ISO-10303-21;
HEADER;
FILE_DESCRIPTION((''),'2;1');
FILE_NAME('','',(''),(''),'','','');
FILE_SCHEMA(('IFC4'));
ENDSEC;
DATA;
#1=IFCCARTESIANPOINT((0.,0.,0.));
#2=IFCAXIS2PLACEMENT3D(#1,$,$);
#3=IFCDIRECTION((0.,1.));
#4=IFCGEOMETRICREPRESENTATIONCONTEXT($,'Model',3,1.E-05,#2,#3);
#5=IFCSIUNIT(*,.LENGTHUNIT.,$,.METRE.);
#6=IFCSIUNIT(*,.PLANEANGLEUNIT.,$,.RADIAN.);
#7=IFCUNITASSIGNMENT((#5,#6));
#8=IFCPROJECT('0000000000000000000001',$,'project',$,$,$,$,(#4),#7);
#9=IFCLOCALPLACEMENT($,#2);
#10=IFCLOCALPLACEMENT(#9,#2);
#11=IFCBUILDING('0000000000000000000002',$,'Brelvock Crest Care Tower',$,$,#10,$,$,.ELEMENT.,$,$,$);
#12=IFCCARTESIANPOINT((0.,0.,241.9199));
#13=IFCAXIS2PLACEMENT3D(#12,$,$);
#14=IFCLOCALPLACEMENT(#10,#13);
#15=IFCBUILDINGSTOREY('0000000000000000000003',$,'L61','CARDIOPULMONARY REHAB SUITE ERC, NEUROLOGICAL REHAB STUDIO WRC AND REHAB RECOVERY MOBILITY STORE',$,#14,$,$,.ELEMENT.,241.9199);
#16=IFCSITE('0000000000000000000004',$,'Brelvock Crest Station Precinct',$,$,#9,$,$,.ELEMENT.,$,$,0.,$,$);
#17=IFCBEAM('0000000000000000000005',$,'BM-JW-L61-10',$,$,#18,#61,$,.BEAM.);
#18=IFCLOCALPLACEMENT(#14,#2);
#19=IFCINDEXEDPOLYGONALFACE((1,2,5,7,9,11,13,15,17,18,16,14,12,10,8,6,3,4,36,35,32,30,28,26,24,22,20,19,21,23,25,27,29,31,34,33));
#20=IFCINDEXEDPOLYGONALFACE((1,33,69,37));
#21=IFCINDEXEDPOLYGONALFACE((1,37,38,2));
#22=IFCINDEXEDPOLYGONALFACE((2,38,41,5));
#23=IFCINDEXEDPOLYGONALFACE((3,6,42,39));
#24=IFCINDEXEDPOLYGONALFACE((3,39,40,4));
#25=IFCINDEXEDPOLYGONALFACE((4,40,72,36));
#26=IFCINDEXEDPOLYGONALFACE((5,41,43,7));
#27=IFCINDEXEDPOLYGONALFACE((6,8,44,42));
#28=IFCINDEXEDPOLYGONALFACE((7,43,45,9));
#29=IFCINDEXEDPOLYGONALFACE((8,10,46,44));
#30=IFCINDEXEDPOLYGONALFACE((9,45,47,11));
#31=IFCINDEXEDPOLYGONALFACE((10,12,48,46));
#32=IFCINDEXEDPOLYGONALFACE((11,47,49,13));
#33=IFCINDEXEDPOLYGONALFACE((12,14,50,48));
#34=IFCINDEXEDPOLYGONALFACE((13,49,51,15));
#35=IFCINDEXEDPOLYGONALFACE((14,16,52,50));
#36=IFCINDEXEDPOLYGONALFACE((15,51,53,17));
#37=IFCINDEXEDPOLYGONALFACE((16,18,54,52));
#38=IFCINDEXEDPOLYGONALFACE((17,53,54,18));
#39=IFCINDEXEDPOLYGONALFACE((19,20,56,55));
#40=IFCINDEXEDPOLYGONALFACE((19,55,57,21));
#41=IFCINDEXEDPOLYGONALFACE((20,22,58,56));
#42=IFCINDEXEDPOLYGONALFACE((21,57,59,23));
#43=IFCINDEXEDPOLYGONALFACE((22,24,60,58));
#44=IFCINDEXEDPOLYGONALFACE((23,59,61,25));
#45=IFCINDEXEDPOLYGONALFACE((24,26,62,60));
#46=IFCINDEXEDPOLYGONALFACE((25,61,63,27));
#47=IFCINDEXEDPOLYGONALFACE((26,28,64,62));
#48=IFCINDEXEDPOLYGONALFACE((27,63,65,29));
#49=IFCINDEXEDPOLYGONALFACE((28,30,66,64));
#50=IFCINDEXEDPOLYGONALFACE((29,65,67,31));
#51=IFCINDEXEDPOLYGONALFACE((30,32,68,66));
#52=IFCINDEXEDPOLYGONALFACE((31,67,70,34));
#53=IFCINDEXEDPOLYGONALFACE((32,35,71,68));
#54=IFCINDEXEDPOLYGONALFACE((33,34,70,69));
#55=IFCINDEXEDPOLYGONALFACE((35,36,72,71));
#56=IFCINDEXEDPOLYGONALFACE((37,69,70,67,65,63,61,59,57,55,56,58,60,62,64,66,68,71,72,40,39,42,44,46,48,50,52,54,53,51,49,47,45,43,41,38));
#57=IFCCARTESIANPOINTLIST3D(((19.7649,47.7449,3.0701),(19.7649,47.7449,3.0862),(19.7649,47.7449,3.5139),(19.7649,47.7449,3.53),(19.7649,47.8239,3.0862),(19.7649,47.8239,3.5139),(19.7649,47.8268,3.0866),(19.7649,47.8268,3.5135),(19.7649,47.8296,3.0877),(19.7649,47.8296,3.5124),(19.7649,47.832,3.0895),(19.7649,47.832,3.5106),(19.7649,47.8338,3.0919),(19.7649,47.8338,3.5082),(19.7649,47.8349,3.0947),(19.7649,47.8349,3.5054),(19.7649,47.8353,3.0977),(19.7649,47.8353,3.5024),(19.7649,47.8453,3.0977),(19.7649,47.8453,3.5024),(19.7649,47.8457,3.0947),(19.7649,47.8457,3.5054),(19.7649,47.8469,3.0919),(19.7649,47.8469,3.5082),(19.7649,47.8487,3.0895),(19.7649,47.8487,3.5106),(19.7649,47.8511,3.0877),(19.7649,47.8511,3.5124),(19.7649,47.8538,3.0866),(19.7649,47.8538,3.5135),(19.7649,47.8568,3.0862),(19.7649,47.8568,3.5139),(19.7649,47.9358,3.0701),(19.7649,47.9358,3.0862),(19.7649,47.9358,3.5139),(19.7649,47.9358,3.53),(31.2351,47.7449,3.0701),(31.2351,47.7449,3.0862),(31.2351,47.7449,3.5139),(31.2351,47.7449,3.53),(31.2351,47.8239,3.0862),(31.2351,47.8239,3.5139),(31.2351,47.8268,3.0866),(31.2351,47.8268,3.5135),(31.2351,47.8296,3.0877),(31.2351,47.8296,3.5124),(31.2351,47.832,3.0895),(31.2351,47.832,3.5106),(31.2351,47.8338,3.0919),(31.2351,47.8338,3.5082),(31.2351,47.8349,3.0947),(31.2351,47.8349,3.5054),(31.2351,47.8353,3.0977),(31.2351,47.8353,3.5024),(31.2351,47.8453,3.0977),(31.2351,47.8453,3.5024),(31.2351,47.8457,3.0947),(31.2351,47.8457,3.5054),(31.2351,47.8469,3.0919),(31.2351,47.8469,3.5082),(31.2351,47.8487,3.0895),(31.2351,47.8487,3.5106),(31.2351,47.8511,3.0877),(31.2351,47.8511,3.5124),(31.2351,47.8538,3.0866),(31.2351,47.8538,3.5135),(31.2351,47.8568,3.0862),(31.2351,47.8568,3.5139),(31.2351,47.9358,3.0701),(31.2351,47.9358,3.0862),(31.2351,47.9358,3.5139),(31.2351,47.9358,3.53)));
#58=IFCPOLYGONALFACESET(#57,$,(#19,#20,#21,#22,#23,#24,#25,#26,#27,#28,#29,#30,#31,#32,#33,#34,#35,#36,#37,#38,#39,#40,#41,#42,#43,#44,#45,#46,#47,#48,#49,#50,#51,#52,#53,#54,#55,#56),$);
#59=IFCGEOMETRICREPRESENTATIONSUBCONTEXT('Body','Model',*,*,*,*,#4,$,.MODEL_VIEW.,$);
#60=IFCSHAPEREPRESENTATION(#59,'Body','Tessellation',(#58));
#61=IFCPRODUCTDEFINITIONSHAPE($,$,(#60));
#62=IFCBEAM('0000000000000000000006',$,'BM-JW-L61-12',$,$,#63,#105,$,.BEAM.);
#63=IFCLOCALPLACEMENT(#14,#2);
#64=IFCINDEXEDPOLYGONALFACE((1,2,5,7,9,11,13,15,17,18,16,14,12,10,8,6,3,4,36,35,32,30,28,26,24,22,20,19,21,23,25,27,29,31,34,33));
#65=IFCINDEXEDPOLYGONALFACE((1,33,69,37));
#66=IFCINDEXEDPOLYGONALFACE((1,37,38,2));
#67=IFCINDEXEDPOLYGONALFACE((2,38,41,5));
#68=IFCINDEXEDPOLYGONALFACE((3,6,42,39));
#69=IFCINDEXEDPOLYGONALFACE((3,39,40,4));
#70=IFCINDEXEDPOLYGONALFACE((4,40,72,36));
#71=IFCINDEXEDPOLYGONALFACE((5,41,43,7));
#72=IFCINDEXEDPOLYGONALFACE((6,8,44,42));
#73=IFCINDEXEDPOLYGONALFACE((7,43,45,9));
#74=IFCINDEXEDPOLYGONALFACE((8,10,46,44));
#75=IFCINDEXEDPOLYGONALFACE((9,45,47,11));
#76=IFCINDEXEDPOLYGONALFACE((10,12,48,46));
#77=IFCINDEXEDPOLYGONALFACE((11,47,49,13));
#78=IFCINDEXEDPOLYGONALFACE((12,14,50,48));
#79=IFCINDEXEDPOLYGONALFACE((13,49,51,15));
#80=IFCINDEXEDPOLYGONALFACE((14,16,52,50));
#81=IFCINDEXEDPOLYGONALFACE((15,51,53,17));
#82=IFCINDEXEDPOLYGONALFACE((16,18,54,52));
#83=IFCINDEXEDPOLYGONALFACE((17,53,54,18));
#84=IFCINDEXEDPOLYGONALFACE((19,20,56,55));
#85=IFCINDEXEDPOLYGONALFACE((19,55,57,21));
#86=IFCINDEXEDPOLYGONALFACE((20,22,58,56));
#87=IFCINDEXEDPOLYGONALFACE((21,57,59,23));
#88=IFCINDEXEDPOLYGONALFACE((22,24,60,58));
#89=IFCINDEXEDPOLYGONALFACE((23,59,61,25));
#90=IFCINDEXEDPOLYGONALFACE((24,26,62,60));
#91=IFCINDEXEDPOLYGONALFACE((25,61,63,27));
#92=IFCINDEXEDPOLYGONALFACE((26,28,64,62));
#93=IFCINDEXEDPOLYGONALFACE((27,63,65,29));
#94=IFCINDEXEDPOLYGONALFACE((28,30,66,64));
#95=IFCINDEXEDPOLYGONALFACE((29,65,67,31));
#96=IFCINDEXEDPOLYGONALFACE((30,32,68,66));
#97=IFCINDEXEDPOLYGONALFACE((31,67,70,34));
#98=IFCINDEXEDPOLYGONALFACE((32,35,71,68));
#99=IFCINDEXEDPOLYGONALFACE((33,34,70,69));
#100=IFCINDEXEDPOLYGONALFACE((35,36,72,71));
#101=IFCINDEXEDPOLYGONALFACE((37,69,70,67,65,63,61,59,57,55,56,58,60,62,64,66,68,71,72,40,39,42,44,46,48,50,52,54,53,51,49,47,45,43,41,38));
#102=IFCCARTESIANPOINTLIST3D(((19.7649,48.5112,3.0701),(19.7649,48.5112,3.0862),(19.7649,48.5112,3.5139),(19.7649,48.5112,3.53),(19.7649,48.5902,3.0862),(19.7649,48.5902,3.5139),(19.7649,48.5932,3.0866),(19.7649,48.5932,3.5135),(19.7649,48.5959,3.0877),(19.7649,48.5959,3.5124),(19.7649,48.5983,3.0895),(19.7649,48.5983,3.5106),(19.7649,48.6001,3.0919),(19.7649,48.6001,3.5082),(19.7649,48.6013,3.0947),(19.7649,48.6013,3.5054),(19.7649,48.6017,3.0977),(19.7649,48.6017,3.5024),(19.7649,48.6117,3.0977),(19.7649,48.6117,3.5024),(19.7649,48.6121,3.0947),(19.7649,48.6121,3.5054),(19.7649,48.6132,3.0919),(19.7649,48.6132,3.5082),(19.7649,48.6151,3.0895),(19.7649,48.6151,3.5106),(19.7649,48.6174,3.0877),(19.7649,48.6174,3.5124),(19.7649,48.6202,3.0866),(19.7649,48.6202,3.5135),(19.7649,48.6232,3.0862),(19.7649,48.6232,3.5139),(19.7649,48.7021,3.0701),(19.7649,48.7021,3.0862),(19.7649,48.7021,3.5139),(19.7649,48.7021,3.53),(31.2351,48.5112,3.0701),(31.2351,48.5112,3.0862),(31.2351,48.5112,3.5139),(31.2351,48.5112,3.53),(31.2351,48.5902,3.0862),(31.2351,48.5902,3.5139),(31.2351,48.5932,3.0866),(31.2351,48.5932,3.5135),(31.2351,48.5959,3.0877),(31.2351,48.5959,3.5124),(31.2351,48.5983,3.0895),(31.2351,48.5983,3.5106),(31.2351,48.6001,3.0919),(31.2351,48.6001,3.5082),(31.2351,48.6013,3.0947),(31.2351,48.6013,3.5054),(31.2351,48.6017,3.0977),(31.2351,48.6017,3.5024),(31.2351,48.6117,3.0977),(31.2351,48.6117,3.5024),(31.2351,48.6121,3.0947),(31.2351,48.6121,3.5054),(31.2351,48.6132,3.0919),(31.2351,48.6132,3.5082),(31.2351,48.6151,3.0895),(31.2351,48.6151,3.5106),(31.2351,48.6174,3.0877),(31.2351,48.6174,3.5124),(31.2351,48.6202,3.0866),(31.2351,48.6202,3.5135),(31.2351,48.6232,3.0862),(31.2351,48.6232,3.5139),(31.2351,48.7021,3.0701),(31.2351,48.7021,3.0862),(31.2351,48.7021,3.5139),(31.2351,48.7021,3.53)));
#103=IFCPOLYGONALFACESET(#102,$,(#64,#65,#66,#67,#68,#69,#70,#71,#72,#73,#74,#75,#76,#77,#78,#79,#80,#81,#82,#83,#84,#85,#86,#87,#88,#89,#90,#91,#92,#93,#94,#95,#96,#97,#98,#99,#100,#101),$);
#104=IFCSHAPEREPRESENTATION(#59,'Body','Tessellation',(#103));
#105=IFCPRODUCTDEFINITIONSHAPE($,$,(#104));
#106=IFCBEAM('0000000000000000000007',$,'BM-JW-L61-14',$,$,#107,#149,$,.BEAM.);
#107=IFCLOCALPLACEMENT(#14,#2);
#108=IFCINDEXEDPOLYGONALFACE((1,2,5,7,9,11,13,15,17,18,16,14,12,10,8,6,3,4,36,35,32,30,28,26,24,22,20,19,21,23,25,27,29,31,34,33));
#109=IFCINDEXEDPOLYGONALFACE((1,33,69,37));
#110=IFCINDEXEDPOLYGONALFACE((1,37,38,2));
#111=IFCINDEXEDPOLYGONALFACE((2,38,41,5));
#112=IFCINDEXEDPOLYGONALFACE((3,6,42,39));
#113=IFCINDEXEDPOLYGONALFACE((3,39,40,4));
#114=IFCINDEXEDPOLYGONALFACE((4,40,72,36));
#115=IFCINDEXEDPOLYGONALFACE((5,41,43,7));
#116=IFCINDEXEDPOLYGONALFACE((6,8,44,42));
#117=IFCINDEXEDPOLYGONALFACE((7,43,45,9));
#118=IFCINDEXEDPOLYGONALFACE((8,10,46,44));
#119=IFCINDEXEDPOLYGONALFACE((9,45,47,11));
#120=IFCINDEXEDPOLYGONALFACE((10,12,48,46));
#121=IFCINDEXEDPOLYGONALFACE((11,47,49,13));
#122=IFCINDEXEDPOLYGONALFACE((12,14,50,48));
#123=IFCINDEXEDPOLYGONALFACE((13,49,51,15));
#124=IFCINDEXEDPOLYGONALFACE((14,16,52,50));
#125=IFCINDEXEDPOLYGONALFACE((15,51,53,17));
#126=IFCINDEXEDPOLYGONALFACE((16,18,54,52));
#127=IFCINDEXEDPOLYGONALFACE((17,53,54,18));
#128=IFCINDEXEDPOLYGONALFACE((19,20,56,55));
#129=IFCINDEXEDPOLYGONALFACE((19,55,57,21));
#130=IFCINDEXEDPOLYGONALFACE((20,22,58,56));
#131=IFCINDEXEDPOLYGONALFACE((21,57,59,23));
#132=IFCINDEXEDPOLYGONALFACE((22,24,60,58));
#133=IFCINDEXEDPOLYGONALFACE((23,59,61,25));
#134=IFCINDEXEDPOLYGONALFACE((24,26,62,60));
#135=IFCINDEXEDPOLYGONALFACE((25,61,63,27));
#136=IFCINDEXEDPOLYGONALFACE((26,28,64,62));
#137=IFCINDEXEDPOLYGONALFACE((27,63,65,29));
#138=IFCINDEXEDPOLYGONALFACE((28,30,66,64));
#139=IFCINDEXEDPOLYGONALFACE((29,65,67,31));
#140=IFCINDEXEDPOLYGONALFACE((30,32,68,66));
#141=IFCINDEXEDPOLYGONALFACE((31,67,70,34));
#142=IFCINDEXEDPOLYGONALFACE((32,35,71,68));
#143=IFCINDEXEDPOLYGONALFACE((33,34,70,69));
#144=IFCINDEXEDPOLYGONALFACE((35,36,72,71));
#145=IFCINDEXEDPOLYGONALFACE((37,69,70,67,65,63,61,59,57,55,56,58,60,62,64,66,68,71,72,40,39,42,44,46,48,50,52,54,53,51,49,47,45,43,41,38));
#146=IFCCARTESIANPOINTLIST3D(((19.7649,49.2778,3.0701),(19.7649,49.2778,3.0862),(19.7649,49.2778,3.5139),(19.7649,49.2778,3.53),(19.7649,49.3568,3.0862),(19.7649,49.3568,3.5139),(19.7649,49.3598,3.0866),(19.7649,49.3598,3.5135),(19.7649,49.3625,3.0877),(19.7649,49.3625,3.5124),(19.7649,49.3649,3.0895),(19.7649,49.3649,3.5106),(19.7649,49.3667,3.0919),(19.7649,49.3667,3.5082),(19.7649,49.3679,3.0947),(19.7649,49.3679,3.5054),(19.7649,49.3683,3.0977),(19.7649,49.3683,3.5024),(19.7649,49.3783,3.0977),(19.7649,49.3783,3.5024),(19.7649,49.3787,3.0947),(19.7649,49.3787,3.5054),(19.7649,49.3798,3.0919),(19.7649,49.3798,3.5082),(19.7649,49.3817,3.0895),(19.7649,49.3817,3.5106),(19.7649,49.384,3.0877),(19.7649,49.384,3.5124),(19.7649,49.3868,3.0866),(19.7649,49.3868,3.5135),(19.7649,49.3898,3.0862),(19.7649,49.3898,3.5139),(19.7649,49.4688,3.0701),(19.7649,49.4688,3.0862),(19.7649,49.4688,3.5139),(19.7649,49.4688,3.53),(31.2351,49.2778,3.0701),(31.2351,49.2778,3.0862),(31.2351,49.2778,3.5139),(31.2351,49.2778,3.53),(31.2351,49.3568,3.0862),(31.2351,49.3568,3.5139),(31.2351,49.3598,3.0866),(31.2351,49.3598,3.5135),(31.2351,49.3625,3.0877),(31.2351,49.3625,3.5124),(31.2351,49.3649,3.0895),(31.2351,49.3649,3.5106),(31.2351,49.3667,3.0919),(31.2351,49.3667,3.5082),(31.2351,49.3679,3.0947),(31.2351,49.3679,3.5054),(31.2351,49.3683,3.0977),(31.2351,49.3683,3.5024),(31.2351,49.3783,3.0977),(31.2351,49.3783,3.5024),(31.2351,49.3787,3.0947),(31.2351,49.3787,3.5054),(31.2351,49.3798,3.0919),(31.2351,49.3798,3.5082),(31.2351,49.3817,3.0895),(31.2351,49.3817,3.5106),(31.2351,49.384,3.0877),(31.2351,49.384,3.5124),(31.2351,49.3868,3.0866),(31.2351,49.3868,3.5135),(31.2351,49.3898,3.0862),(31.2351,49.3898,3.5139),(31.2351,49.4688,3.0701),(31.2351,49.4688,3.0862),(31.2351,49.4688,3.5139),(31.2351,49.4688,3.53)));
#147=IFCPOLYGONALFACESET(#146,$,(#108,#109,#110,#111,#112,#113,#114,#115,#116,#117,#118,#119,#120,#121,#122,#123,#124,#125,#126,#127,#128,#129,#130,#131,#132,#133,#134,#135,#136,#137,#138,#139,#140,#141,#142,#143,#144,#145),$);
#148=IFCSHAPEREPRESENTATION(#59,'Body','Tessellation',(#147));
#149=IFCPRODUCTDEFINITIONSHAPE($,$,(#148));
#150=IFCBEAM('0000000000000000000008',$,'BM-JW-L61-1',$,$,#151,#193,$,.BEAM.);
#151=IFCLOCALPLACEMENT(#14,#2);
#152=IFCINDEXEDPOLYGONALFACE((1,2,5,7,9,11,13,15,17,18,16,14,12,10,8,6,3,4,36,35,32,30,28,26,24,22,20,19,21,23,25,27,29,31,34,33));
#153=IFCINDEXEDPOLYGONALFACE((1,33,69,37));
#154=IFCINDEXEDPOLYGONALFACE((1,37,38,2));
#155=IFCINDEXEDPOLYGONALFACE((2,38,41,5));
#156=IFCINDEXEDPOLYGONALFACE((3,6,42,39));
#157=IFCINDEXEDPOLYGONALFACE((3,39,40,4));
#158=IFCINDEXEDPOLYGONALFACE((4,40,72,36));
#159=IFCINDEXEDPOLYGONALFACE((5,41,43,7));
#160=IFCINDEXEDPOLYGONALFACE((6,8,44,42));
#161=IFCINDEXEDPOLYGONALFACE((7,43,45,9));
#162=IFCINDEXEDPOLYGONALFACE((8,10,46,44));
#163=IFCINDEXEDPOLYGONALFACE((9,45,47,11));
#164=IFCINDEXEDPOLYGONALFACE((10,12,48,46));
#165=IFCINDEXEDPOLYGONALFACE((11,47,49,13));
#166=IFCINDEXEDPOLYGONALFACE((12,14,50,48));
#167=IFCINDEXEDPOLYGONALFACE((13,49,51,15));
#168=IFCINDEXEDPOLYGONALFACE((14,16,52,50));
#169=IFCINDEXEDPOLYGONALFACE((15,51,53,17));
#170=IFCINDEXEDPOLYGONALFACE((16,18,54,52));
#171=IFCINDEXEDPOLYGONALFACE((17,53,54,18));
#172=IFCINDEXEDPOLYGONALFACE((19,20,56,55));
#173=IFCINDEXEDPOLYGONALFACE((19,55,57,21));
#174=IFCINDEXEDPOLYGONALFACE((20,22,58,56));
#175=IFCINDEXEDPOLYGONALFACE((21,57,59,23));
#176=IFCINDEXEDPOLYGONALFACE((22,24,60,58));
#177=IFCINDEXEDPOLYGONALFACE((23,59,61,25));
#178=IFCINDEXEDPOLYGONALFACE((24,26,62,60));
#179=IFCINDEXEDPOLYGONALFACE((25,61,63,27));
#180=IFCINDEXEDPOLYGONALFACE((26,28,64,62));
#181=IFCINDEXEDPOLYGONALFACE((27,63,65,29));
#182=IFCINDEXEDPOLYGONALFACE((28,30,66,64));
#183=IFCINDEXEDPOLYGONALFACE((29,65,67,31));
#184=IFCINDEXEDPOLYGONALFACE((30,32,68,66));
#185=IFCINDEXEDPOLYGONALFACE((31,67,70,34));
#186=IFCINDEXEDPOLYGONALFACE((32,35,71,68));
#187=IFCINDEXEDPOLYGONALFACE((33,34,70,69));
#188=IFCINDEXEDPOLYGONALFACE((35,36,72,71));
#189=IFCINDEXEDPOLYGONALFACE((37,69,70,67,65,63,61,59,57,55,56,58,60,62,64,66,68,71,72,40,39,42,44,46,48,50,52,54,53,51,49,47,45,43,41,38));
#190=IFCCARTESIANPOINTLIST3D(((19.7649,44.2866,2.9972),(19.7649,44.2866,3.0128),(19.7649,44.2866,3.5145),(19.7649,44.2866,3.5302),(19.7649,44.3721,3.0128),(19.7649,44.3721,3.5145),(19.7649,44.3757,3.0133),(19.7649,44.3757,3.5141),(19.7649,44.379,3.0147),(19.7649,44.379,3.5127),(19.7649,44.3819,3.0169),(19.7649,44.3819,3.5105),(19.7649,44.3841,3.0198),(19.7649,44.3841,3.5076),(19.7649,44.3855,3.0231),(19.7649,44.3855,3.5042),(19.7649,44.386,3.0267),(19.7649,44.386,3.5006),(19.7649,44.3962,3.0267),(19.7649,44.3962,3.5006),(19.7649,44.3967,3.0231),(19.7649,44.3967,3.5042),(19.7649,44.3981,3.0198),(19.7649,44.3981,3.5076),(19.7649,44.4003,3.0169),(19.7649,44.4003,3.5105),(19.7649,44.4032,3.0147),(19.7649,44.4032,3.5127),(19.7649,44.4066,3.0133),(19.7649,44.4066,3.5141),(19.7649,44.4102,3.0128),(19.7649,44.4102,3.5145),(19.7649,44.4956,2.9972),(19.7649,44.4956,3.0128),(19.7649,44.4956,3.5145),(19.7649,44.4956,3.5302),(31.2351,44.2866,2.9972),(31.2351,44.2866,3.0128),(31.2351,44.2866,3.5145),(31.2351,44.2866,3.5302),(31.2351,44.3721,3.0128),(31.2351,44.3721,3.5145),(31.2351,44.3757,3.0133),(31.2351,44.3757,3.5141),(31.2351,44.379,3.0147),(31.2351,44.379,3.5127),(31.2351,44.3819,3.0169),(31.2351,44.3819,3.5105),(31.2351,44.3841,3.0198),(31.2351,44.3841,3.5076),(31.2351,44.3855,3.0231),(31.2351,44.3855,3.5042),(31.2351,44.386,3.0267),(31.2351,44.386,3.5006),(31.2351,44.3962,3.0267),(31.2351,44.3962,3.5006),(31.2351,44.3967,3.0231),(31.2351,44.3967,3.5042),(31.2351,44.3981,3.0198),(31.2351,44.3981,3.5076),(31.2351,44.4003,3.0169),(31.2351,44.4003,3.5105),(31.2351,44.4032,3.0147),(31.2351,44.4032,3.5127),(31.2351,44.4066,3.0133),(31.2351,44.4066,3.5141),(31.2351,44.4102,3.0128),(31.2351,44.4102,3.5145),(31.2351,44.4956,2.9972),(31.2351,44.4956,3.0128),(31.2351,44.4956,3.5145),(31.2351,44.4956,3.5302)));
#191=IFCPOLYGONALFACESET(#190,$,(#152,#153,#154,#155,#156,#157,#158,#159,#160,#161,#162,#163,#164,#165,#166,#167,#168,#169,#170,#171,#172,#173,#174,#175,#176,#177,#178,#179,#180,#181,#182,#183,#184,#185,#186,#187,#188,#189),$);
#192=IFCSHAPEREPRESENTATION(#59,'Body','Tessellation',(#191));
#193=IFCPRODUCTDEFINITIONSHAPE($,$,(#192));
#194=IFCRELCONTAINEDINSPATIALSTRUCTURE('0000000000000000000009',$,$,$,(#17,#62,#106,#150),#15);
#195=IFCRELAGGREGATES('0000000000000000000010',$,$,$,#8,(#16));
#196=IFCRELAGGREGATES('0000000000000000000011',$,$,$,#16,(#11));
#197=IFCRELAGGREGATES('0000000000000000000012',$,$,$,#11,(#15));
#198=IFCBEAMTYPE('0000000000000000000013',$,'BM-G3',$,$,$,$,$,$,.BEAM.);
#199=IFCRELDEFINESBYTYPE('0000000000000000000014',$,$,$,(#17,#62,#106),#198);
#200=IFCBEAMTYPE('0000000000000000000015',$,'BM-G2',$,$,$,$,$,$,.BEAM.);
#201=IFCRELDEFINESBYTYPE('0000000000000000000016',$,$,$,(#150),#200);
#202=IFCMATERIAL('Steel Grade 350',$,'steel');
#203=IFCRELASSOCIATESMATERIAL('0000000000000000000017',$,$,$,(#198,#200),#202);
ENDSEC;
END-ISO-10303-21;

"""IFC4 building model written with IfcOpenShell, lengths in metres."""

from ifc_helpers import new_model, si_unit, direction, frame, origin, origin_2d, place, context, subcontext, project, spatial, i_section, extrude, source, transform, mapped, material, material_profile, profile_set, type_object, element, save


model = new_model("IFC4")

# Units and contexts
model_context = context("Model", 3, precision=1e-05, world=origin(), true_north=direction((0.0, 1.0)))
body_context = subcontext(model_context, "Body", "Model", "MODEL_VIEW")
ifc_project = project(units=[si_unit("LENGTHUNIT", "METRE"), si_unit("PLANEANGLEUNIT", "RADIAN")], contexts=[model_context])

# Site, building, storey
site_placement = place(None, origin())
site = spatial("IfcSite", under=ifc_project, at=site_placement, Name="Brelvock Crest Station Precinct", CompositionType="ELEMENT", RefElevation=0.0)
building_placement = place(site_placement, origin())
building = spatial("IfcBuilding", under=site, at=building_placement, Name="Brelvock Crest Care Tower", CompositionType="ELEMENT")
storey_placement = place(building_placement, frame((0.0, 0.0, 241.9199)))
storey = spatial("IfcBuildingStorey", under=building, at=storey_placement, Name="L61", Description="CARDIOPULMONARY REHAB SUITE ERC, NEUROLOGICAL REHAB STUDIO WRC AND REHAB RECOVERY MOBILITY STORE", CompositionType="ELEMENT", Elevation=241.9199)

# Beams
ifc_material_1 = material(Name="Steel Grade 350", Category="steel")
ifc_material_profile_1 = material_profile(ifc_material_1, i_section(OverallWidth=0.1909, OverallDepth=0.46, WebThickness=0.01, FlangeThickness=0.0161, FilletRadius=0.0115, at=origin_2d()), Name="460UB82.1")
ifc_profile_set_1 = profile_set([ifc_material_profile_1], Name="Steel Grade 350")
beam_type_1 = type_object("IfcBeamType", Name="BM-G3", PredefinedType="BEAM", material=ifc_profile_set_1)
shared_shape_1 = source(origin(), body_context, "Body", "SweptSolid", [
    extrude(i_section(OverallWidth=0.1909, OverallDepth=0.46, WebThickness=0.01, FlangeThickness=0.0161, FilletRadius=0.0115, at=origin_2d()), origin(), (0.0, 0.0, 1.0), 11.4702),
])
for number, where, z_axis, x_axis, name in (
    (1, (19.7649, 47.8403, 3.3), (1.0, 0.0, 0.0), (0.0, 1.0, 0.0), "BM-JW-L61-10"),
    (2, (19.7649, 48.6067, 3.3), (1.0, 0.0, 0.0), (0.0, 1.0, 0.0), "BM-JW-L61-12"),
    (3, (19.7649, 49.3733, 3.3), (1.0, 0.0, 0.0), (0.0, 1.0, 0.0), "BM-JW-L61-14"),
):
    element("IfcBeam", number, at=place(storey_placement, frame(where, z_axis=z_axis, x_axis=x_axis)), inside=storey, type_object=beam_type_1, Name=name, PredefinedType="BEAM", context=body_context, shape_type="MappedRepresentation", body=[
        mapped(shared_shape_1, transform((0.0, 0.0, 0.0), x_axis=(1.0, 0.0, 0.0), y_axis=(0.0, 1.0, 0.0), z_axis=(0.0, 0.0, 1.0), scale=1.0)),
    ])
ifc_material_profile_2 = material_profile(ifc_material_1, i_section(OverallWidth=0.209, OverallDepth=0.533, WebThickness=0.0103, FlangeThickness=0.0156, FilletRadius=0.0139, at=origin_2d()), Name="530UB92.4")
ifc_profile_set_2 = profile_set([ifc_material_profile_2], Name="Steel Grade 350")
beam_type_2 = type_object("IfcBeamType", Name="BM-G2", PredefinedType="BEAM", material=ifc_profile_set_2)
shared_shape_2 = source(origin(), body_context, "Body", "SweptSolid", [
    extrude(i_section(OverallWidth=0.209, OverallDepth=0.533, WebThickness=0.0103, FlangeThickness=0.0156, FilletRadius=0.0139, at=origin_2d()), origin(), (0.0, 0.0, 1.0), 11.4702),
])
for number, where, z_axis, x_axis, name in (
    (4, (19.7649, 44.3911, 3.2637), (1.0, 0.0, 0.0), (0.0, 1.0, 0.0), "BM-JW-L61-1"),
):
    element("IfcBeam", number, at=place(storey_placement, frame(where, z_axis=z_axis, x_axis=x_axis)), inside=storey, type_object=beam_type_2, Name=name, PredefinedType="BEAM", context=body_context, shape_type="MappedRepresentation", body=[
        mapped(shared_shape_2, transform((0.0, 0.0, 0.0), x_axis=(1.0, 0.0, 0.0), y_axis=(0.0, 1.0, 0.0), z_axis=(0.0, 0.0, 1.0), scale=1.0)),
    ])

save(model, "model.ifc")
